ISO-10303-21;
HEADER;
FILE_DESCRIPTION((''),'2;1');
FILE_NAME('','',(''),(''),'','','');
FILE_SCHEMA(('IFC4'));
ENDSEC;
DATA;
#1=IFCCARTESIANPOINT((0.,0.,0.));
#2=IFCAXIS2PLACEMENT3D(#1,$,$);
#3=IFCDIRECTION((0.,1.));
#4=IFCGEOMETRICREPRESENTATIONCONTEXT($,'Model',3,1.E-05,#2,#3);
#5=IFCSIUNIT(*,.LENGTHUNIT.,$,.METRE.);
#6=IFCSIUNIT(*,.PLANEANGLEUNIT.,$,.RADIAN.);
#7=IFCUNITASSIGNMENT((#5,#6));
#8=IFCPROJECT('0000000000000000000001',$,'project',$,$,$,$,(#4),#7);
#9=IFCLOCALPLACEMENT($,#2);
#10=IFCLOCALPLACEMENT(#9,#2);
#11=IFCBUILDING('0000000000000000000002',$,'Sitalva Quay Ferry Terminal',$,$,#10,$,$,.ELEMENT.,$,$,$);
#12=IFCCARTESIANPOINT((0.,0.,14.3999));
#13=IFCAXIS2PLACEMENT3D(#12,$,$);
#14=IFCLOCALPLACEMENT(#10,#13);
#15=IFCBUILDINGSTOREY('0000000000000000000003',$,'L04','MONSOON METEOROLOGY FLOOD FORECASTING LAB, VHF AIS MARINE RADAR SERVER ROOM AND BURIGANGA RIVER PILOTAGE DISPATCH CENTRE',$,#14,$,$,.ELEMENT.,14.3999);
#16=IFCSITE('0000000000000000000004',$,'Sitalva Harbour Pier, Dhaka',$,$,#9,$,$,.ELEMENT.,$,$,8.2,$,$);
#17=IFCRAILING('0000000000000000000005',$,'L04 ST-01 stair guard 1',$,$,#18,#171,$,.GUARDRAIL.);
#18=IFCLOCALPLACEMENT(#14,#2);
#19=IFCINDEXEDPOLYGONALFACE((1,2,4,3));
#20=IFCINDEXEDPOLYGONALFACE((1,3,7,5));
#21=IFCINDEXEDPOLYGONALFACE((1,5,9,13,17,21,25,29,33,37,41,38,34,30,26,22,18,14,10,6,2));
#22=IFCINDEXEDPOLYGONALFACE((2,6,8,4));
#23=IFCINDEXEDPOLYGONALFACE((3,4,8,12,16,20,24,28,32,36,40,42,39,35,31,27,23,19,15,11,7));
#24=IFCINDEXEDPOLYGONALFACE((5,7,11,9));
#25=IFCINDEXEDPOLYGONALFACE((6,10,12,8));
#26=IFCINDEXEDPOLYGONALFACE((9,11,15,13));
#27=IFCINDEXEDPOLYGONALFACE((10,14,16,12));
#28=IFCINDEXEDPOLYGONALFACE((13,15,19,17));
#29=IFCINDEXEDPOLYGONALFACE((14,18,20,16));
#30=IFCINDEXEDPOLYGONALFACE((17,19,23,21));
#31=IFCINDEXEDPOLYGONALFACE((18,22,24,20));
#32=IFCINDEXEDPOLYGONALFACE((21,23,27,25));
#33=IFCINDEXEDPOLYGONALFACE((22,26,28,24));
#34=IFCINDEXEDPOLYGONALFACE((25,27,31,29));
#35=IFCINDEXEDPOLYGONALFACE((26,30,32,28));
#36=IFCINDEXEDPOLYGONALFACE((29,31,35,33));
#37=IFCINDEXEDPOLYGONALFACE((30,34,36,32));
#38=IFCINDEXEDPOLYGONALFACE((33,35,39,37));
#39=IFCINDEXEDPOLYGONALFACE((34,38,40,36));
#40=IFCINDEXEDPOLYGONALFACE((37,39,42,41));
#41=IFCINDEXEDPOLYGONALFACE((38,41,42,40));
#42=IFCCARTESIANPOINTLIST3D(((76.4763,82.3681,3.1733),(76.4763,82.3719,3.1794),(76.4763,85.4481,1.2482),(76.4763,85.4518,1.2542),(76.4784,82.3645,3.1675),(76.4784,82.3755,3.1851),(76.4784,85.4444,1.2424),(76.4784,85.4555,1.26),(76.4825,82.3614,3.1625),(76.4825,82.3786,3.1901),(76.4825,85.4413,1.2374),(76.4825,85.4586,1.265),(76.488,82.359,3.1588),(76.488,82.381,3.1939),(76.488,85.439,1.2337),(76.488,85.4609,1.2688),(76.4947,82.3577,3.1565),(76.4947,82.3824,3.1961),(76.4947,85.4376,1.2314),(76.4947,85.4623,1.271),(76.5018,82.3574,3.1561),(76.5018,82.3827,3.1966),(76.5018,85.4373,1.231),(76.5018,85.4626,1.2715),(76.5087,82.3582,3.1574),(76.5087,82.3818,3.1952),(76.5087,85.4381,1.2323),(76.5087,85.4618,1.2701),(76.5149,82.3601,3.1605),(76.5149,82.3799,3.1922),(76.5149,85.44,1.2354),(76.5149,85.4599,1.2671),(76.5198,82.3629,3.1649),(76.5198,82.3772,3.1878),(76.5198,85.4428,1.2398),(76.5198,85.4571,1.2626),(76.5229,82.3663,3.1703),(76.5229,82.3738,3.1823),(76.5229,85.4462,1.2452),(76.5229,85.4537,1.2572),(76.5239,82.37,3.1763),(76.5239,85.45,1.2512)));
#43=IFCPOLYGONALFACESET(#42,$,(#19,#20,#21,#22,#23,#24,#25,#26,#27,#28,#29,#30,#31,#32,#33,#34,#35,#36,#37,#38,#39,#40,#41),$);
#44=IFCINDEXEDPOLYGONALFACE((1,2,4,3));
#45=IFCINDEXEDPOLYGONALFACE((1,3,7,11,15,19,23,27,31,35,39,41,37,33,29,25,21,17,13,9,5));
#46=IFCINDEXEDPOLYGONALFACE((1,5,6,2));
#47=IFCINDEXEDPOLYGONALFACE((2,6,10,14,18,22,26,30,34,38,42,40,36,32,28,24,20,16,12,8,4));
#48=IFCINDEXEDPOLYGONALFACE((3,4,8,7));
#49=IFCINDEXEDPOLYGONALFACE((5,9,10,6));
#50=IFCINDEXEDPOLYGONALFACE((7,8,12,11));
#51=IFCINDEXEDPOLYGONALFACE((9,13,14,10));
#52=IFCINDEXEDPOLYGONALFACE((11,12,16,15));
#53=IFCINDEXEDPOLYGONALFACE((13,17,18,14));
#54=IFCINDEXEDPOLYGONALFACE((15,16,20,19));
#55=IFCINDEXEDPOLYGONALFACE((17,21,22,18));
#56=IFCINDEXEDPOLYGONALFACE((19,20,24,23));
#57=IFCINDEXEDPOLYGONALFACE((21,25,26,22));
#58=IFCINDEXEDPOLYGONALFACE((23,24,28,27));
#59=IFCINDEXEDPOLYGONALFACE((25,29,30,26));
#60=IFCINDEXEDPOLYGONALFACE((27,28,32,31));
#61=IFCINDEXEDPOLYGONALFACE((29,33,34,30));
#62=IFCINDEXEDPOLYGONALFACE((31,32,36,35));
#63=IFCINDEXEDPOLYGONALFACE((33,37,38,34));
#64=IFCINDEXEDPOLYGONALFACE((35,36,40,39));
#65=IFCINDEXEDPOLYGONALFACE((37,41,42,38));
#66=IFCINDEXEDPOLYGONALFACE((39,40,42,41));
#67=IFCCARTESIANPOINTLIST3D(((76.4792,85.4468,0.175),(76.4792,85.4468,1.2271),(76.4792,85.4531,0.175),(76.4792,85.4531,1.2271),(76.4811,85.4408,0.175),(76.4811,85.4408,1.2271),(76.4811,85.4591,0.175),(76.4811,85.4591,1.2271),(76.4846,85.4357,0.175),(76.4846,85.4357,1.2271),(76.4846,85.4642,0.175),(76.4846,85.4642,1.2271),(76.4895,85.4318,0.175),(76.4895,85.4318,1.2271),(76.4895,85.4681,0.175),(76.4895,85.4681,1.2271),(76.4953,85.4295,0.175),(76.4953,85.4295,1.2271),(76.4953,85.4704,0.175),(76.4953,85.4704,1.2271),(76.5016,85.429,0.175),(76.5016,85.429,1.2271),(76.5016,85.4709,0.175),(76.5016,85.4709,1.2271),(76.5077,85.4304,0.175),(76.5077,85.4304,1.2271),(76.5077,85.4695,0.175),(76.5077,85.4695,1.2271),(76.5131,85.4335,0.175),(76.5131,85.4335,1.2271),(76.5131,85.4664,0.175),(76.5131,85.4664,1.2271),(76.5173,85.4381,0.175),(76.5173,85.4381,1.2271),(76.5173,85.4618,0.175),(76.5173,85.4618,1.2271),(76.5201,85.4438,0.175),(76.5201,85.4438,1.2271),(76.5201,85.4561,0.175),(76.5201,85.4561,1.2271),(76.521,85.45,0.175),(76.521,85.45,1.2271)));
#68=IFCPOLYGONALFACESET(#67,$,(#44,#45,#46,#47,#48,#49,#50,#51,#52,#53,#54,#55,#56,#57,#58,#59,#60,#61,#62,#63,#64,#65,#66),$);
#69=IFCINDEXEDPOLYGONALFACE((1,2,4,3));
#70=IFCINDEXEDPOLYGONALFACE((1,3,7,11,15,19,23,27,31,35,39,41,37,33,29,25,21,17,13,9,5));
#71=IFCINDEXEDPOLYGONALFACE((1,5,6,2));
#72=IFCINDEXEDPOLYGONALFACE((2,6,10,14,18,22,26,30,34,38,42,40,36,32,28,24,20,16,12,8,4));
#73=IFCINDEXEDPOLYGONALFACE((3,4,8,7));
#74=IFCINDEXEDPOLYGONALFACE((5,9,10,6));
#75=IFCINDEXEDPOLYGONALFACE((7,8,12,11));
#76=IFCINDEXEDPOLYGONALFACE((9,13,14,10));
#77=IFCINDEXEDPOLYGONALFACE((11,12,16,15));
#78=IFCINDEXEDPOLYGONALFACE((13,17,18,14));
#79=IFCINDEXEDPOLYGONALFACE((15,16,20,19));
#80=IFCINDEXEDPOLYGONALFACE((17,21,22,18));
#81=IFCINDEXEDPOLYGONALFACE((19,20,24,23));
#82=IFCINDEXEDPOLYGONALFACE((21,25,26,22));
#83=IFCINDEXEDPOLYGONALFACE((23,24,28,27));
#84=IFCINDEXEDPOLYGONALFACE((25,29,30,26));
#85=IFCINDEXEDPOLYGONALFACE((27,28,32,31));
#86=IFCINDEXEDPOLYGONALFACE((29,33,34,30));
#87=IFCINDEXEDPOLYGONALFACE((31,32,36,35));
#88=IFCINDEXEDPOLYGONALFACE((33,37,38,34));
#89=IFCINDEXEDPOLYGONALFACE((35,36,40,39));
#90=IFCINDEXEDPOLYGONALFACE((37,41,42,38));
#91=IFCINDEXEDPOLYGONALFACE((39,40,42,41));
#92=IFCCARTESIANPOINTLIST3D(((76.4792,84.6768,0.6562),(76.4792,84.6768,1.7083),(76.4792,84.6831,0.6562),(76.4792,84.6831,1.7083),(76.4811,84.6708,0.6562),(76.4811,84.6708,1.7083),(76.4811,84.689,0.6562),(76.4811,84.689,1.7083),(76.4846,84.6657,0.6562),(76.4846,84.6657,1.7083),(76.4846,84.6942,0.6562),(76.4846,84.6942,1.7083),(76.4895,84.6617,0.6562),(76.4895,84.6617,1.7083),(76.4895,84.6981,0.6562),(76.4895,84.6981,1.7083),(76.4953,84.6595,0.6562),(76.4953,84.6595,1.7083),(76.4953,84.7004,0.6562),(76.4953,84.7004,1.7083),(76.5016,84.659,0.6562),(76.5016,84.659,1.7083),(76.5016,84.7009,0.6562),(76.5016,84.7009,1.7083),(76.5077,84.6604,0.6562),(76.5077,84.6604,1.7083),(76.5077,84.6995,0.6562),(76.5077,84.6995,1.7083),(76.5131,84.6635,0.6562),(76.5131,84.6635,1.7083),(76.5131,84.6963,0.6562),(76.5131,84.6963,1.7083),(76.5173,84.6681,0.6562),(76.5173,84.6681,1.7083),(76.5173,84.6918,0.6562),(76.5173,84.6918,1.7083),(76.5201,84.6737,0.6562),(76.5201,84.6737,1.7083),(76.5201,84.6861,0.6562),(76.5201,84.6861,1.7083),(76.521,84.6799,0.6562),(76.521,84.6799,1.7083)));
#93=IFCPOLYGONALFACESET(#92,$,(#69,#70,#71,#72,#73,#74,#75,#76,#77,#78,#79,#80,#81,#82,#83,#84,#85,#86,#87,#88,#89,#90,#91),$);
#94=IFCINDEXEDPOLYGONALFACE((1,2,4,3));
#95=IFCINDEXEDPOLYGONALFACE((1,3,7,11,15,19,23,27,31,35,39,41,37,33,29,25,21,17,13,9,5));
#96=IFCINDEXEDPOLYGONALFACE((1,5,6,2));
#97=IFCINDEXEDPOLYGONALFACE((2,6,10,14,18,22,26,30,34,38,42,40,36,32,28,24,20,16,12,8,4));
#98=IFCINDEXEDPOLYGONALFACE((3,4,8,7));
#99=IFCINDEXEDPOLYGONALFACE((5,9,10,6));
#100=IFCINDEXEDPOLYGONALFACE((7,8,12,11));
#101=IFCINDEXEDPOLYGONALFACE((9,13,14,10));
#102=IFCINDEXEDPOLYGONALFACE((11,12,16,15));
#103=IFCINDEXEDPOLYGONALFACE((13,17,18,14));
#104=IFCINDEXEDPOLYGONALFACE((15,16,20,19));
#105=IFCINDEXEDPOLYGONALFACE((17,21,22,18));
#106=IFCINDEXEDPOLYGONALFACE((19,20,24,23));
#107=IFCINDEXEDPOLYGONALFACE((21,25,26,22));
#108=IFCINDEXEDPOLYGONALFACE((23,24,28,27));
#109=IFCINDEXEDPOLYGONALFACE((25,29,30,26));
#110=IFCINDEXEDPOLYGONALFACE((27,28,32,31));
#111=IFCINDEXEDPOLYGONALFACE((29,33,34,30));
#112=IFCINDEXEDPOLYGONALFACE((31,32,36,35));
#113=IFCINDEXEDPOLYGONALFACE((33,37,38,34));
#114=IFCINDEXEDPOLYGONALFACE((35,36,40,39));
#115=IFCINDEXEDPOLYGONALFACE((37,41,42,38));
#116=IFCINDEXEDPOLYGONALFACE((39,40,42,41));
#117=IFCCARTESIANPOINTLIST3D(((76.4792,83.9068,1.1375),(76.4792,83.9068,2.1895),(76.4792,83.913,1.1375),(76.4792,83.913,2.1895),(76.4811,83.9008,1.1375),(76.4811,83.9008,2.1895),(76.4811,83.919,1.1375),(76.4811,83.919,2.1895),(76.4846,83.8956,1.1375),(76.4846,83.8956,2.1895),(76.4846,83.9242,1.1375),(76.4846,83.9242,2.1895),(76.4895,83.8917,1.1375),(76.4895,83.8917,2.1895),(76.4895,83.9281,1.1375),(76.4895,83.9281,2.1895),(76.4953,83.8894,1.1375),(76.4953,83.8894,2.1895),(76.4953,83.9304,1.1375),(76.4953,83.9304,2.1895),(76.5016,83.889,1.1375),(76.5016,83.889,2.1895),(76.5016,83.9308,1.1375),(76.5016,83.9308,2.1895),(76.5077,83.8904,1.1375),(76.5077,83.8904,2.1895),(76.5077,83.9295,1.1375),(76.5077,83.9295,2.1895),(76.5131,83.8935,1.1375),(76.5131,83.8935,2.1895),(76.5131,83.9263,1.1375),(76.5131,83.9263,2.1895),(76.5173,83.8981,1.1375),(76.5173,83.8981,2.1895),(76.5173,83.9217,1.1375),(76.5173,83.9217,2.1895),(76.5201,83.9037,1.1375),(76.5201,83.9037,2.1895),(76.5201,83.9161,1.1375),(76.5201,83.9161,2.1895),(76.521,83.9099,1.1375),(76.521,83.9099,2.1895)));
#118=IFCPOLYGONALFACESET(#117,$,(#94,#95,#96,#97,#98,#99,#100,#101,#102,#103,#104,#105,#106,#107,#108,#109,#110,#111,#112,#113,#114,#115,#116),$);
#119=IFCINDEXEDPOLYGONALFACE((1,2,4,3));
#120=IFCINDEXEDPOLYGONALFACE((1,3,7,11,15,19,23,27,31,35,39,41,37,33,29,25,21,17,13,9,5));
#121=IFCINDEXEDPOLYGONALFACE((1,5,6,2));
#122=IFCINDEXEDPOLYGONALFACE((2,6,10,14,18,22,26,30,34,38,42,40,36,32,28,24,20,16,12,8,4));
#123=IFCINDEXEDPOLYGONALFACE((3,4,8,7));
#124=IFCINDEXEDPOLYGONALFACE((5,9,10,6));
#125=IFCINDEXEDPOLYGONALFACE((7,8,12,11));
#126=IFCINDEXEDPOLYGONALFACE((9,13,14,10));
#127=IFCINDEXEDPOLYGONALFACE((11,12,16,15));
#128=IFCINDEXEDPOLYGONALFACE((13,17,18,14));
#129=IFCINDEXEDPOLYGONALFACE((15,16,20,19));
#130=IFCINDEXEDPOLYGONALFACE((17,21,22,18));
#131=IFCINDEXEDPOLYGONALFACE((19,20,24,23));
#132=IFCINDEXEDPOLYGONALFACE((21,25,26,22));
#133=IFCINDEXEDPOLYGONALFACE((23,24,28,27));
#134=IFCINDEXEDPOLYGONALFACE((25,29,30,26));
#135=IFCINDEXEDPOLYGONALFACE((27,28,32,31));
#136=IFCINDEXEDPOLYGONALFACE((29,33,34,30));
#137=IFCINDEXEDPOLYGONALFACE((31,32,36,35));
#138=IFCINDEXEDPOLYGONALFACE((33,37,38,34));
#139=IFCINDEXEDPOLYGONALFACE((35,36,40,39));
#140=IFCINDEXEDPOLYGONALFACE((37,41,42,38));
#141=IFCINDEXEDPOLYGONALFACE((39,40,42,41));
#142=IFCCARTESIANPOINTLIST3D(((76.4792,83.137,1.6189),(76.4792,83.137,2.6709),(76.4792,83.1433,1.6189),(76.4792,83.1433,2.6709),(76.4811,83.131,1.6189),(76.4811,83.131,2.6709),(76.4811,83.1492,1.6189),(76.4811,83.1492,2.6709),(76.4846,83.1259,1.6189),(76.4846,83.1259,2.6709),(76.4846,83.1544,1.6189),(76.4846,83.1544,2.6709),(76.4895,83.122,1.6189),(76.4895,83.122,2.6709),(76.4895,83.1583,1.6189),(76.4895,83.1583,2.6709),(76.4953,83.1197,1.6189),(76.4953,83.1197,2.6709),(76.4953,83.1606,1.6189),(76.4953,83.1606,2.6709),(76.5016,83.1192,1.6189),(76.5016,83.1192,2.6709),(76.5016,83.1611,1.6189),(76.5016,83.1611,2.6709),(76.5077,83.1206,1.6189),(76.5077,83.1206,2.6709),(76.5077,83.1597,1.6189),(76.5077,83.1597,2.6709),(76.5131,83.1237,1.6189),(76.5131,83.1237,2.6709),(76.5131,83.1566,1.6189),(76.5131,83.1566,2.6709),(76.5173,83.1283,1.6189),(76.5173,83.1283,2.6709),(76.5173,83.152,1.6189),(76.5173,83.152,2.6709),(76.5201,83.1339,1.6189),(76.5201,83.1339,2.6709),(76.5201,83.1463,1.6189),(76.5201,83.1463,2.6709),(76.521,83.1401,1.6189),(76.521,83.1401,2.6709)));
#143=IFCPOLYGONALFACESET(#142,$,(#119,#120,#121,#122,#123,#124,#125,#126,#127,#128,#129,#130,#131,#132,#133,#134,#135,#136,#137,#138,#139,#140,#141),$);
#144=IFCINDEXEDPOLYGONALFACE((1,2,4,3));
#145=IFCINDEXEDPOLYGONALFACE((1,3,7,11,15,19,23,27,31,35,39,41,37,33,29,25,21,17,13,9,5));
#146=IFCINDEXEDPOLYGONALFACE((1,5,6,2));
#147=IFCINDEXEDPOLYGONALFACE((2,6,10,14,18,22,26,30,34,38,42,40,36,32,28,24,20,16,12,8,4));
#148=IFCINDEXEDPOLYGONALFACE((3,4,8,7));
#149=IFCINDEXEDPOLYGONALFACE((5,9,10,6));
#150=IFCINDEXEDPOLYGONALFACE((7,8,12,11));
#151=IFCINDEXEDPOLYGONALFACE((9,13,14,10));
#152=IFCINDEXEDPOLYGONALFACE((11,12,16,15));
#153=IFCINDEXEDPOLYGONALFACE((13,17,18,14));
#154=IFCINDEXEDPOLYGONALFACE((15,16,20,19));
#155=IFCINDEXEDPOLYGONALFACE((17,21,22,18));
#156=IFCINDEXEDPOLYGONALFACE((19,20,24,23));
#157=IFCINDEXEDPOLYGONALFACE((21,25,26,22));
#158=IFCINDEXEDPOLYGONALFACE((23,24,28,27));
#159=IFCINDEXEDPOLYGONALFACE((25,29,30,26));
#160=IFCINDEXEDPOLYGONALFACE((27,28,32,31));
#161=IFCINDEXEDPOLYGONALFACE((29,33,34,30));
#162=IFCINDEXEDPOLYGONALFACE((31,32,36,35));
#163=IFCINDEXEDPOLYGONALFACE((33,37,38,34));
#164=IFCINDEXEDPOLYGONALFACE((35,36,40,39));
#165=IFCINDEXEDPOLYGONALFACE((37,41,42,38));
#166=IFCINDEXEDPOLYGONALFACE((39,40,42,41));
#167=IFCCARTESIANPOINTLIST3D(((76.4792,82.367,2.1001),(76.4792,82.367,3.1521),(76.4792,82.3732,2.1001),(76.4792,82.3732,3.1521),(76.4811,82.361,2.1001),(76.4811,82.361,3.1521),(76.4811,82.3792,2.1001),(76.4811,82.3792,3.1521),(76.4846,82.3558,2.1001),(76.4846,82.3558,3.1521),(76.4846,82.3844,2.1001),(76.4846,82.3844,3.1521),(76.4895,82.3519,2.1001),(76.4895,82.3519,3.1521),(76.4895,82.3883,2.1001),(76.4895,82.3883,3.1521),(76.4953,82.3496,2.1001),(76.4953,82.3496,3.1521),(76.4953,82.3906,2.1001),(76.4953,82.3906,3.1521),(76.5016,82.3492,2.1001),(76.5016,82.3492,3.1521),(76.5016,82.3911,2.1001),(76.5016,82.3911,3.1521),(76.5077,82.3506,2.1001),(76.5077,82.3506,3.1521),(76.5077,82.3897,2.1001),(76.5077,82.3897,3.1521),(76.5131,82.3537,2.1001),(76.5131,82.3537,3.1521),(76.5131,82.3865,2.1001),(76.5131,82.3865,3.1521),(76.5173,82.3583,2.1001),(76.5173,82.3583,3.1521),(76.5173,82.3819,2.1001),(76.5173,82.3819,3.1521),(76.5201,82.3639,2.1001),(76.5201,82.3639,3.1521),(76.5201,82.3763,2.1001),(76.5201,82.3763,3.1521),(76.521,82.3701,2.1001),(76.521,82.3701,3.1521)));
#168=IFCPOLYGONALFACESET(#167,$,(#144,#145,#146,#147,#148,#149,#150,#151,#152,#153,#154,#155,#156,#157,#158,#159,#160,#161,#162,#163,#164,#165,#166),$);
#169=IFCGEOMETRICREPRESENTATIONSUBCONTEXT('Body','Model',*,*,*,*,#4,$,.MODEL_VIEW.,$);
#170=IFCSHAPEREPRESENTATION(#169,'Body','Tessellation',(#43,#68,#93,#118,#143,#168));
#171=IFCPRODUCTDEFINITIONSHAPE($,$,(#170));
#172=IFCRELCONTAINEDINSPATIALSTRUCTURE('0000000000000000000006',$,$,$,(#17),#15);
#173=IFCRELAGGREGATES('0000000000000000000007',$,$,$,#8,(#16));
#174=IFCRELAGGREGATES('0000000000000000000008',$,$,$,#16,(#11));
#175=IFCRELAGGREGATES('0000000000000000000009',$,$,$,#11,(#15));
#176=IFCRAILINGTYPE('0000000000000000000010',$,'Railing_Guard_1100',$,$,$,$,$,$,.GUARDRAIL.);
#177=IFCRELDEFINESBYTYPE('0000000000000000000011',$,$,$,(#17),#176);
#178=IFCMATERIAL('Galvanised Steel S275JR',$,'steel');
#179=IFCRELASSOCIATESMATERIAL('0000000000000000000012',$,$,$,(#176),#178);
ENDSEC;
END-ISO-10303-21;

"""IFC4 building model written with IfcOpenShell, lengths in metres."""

from ifc_helpers import new_model, si_unit, direction, frame, origin, origin_2d, place, context, subcontext, project, spatial, circle, extrude, material, type_object, element, save


model = new_model("IFC4")

# Units and contexts
model_context = context("Model", 3, precision=1e-05, world=origin(), true_north=direction((0.0, 1.0)))
body_context = subcontext(model_context, "Body", "Model", "MODEL_VIEW")
ifc_project = project(units=[si_unit("LENGTHUNIT", "METRE"), si_unit("PLANEANGLEUNIT", "RADIAN")], contexts=[model_context])

# Site, building, storey
site_placement = place(None, origin())
site = spatial("IfcSite", under=ifc_project, at=site_placement, Name="Sitalva Harbour Pier, Dhaka", CompositionType="ELEMENT", RefElevation=8.2)
building_placement = place(site_placement, origin())
building = spatial("IfcBuilding", under=site, at=building_placement, Name="Sitalva Quay Ferry Terminal", CompositionType="ELEMENT")
storey_placement = place(building_placement, frame((0.0, 0.0, 14.3999)))
storey = spatial("IfcBuildingStorey", under=building, at=storey_placement, Name="L04", Description="MONSOON METEOROLOGY FLOOD FORECASTING LAB, VHF AIS MARINE RADAR SERVER ROOM AND BURIGANGA RIVER PILOTAGE DISPATCH CENTRE", CompositionType="ELEMENT", Elevation=14.3999)

# Railing
ifc_material_1 = material(Name="Galvanised Steel S275JR", Category="steel")
railing_type_1 = type_object("IfcRailingType", Name="Railing_Guard_1100", PredefinedType="GUARDRAIL", material=ifc_material_1)
railing_1_placement = place(storey_placement, frame((76.5, 85.45, 0.175)))
element("IfcRailing", 1, at=railing_1_placement, inside=storey, type_object=railing_type_1, Name="L04 ST-01 stair guard 1", PredefinedType="GUARDRAIL", context=body_context, shape_type="SweptSolid", body=[
    extrude(circle(Radius=0.0239, at=origin_2d()), frame((0.0, 0.0, 1.0762), z_axis=(0.0, -0.847979, 0.530029), x_axis=(1.0, 0.0, 0.0)), (0.0, 0.0, 1.0), 3.6321),
    extrude(circle(Radius=0.021, at=origin_2d()), origin(), (0.0, 0.0, 1.0), 1.052),
    extrude(circle(Radius=0.021, at=origin_2d()), frame((0.0, -0.77, 0.4812)), (0.0, 0.0, 1.0), 1.052),
    extrude(circle(Radius=0.021, at=origin_2d()), frame((0.0, -1.54, 0.9624)), (0.0, 0.0, 1.0), 1.052),
    extrude(circle(Radius=0.021, at=origin_2d()), frame((0.0, -2.3098, 1.4438)), (0.0, 0.0, 1.0), 1.052),
    extrude(circle(Radius=0.021, at=origin_2d()), frame((0.0, -3.0798, 1.925)), (0.0, 0.0, 1.0), 1.052),
])

save(model, "model.ifc")
